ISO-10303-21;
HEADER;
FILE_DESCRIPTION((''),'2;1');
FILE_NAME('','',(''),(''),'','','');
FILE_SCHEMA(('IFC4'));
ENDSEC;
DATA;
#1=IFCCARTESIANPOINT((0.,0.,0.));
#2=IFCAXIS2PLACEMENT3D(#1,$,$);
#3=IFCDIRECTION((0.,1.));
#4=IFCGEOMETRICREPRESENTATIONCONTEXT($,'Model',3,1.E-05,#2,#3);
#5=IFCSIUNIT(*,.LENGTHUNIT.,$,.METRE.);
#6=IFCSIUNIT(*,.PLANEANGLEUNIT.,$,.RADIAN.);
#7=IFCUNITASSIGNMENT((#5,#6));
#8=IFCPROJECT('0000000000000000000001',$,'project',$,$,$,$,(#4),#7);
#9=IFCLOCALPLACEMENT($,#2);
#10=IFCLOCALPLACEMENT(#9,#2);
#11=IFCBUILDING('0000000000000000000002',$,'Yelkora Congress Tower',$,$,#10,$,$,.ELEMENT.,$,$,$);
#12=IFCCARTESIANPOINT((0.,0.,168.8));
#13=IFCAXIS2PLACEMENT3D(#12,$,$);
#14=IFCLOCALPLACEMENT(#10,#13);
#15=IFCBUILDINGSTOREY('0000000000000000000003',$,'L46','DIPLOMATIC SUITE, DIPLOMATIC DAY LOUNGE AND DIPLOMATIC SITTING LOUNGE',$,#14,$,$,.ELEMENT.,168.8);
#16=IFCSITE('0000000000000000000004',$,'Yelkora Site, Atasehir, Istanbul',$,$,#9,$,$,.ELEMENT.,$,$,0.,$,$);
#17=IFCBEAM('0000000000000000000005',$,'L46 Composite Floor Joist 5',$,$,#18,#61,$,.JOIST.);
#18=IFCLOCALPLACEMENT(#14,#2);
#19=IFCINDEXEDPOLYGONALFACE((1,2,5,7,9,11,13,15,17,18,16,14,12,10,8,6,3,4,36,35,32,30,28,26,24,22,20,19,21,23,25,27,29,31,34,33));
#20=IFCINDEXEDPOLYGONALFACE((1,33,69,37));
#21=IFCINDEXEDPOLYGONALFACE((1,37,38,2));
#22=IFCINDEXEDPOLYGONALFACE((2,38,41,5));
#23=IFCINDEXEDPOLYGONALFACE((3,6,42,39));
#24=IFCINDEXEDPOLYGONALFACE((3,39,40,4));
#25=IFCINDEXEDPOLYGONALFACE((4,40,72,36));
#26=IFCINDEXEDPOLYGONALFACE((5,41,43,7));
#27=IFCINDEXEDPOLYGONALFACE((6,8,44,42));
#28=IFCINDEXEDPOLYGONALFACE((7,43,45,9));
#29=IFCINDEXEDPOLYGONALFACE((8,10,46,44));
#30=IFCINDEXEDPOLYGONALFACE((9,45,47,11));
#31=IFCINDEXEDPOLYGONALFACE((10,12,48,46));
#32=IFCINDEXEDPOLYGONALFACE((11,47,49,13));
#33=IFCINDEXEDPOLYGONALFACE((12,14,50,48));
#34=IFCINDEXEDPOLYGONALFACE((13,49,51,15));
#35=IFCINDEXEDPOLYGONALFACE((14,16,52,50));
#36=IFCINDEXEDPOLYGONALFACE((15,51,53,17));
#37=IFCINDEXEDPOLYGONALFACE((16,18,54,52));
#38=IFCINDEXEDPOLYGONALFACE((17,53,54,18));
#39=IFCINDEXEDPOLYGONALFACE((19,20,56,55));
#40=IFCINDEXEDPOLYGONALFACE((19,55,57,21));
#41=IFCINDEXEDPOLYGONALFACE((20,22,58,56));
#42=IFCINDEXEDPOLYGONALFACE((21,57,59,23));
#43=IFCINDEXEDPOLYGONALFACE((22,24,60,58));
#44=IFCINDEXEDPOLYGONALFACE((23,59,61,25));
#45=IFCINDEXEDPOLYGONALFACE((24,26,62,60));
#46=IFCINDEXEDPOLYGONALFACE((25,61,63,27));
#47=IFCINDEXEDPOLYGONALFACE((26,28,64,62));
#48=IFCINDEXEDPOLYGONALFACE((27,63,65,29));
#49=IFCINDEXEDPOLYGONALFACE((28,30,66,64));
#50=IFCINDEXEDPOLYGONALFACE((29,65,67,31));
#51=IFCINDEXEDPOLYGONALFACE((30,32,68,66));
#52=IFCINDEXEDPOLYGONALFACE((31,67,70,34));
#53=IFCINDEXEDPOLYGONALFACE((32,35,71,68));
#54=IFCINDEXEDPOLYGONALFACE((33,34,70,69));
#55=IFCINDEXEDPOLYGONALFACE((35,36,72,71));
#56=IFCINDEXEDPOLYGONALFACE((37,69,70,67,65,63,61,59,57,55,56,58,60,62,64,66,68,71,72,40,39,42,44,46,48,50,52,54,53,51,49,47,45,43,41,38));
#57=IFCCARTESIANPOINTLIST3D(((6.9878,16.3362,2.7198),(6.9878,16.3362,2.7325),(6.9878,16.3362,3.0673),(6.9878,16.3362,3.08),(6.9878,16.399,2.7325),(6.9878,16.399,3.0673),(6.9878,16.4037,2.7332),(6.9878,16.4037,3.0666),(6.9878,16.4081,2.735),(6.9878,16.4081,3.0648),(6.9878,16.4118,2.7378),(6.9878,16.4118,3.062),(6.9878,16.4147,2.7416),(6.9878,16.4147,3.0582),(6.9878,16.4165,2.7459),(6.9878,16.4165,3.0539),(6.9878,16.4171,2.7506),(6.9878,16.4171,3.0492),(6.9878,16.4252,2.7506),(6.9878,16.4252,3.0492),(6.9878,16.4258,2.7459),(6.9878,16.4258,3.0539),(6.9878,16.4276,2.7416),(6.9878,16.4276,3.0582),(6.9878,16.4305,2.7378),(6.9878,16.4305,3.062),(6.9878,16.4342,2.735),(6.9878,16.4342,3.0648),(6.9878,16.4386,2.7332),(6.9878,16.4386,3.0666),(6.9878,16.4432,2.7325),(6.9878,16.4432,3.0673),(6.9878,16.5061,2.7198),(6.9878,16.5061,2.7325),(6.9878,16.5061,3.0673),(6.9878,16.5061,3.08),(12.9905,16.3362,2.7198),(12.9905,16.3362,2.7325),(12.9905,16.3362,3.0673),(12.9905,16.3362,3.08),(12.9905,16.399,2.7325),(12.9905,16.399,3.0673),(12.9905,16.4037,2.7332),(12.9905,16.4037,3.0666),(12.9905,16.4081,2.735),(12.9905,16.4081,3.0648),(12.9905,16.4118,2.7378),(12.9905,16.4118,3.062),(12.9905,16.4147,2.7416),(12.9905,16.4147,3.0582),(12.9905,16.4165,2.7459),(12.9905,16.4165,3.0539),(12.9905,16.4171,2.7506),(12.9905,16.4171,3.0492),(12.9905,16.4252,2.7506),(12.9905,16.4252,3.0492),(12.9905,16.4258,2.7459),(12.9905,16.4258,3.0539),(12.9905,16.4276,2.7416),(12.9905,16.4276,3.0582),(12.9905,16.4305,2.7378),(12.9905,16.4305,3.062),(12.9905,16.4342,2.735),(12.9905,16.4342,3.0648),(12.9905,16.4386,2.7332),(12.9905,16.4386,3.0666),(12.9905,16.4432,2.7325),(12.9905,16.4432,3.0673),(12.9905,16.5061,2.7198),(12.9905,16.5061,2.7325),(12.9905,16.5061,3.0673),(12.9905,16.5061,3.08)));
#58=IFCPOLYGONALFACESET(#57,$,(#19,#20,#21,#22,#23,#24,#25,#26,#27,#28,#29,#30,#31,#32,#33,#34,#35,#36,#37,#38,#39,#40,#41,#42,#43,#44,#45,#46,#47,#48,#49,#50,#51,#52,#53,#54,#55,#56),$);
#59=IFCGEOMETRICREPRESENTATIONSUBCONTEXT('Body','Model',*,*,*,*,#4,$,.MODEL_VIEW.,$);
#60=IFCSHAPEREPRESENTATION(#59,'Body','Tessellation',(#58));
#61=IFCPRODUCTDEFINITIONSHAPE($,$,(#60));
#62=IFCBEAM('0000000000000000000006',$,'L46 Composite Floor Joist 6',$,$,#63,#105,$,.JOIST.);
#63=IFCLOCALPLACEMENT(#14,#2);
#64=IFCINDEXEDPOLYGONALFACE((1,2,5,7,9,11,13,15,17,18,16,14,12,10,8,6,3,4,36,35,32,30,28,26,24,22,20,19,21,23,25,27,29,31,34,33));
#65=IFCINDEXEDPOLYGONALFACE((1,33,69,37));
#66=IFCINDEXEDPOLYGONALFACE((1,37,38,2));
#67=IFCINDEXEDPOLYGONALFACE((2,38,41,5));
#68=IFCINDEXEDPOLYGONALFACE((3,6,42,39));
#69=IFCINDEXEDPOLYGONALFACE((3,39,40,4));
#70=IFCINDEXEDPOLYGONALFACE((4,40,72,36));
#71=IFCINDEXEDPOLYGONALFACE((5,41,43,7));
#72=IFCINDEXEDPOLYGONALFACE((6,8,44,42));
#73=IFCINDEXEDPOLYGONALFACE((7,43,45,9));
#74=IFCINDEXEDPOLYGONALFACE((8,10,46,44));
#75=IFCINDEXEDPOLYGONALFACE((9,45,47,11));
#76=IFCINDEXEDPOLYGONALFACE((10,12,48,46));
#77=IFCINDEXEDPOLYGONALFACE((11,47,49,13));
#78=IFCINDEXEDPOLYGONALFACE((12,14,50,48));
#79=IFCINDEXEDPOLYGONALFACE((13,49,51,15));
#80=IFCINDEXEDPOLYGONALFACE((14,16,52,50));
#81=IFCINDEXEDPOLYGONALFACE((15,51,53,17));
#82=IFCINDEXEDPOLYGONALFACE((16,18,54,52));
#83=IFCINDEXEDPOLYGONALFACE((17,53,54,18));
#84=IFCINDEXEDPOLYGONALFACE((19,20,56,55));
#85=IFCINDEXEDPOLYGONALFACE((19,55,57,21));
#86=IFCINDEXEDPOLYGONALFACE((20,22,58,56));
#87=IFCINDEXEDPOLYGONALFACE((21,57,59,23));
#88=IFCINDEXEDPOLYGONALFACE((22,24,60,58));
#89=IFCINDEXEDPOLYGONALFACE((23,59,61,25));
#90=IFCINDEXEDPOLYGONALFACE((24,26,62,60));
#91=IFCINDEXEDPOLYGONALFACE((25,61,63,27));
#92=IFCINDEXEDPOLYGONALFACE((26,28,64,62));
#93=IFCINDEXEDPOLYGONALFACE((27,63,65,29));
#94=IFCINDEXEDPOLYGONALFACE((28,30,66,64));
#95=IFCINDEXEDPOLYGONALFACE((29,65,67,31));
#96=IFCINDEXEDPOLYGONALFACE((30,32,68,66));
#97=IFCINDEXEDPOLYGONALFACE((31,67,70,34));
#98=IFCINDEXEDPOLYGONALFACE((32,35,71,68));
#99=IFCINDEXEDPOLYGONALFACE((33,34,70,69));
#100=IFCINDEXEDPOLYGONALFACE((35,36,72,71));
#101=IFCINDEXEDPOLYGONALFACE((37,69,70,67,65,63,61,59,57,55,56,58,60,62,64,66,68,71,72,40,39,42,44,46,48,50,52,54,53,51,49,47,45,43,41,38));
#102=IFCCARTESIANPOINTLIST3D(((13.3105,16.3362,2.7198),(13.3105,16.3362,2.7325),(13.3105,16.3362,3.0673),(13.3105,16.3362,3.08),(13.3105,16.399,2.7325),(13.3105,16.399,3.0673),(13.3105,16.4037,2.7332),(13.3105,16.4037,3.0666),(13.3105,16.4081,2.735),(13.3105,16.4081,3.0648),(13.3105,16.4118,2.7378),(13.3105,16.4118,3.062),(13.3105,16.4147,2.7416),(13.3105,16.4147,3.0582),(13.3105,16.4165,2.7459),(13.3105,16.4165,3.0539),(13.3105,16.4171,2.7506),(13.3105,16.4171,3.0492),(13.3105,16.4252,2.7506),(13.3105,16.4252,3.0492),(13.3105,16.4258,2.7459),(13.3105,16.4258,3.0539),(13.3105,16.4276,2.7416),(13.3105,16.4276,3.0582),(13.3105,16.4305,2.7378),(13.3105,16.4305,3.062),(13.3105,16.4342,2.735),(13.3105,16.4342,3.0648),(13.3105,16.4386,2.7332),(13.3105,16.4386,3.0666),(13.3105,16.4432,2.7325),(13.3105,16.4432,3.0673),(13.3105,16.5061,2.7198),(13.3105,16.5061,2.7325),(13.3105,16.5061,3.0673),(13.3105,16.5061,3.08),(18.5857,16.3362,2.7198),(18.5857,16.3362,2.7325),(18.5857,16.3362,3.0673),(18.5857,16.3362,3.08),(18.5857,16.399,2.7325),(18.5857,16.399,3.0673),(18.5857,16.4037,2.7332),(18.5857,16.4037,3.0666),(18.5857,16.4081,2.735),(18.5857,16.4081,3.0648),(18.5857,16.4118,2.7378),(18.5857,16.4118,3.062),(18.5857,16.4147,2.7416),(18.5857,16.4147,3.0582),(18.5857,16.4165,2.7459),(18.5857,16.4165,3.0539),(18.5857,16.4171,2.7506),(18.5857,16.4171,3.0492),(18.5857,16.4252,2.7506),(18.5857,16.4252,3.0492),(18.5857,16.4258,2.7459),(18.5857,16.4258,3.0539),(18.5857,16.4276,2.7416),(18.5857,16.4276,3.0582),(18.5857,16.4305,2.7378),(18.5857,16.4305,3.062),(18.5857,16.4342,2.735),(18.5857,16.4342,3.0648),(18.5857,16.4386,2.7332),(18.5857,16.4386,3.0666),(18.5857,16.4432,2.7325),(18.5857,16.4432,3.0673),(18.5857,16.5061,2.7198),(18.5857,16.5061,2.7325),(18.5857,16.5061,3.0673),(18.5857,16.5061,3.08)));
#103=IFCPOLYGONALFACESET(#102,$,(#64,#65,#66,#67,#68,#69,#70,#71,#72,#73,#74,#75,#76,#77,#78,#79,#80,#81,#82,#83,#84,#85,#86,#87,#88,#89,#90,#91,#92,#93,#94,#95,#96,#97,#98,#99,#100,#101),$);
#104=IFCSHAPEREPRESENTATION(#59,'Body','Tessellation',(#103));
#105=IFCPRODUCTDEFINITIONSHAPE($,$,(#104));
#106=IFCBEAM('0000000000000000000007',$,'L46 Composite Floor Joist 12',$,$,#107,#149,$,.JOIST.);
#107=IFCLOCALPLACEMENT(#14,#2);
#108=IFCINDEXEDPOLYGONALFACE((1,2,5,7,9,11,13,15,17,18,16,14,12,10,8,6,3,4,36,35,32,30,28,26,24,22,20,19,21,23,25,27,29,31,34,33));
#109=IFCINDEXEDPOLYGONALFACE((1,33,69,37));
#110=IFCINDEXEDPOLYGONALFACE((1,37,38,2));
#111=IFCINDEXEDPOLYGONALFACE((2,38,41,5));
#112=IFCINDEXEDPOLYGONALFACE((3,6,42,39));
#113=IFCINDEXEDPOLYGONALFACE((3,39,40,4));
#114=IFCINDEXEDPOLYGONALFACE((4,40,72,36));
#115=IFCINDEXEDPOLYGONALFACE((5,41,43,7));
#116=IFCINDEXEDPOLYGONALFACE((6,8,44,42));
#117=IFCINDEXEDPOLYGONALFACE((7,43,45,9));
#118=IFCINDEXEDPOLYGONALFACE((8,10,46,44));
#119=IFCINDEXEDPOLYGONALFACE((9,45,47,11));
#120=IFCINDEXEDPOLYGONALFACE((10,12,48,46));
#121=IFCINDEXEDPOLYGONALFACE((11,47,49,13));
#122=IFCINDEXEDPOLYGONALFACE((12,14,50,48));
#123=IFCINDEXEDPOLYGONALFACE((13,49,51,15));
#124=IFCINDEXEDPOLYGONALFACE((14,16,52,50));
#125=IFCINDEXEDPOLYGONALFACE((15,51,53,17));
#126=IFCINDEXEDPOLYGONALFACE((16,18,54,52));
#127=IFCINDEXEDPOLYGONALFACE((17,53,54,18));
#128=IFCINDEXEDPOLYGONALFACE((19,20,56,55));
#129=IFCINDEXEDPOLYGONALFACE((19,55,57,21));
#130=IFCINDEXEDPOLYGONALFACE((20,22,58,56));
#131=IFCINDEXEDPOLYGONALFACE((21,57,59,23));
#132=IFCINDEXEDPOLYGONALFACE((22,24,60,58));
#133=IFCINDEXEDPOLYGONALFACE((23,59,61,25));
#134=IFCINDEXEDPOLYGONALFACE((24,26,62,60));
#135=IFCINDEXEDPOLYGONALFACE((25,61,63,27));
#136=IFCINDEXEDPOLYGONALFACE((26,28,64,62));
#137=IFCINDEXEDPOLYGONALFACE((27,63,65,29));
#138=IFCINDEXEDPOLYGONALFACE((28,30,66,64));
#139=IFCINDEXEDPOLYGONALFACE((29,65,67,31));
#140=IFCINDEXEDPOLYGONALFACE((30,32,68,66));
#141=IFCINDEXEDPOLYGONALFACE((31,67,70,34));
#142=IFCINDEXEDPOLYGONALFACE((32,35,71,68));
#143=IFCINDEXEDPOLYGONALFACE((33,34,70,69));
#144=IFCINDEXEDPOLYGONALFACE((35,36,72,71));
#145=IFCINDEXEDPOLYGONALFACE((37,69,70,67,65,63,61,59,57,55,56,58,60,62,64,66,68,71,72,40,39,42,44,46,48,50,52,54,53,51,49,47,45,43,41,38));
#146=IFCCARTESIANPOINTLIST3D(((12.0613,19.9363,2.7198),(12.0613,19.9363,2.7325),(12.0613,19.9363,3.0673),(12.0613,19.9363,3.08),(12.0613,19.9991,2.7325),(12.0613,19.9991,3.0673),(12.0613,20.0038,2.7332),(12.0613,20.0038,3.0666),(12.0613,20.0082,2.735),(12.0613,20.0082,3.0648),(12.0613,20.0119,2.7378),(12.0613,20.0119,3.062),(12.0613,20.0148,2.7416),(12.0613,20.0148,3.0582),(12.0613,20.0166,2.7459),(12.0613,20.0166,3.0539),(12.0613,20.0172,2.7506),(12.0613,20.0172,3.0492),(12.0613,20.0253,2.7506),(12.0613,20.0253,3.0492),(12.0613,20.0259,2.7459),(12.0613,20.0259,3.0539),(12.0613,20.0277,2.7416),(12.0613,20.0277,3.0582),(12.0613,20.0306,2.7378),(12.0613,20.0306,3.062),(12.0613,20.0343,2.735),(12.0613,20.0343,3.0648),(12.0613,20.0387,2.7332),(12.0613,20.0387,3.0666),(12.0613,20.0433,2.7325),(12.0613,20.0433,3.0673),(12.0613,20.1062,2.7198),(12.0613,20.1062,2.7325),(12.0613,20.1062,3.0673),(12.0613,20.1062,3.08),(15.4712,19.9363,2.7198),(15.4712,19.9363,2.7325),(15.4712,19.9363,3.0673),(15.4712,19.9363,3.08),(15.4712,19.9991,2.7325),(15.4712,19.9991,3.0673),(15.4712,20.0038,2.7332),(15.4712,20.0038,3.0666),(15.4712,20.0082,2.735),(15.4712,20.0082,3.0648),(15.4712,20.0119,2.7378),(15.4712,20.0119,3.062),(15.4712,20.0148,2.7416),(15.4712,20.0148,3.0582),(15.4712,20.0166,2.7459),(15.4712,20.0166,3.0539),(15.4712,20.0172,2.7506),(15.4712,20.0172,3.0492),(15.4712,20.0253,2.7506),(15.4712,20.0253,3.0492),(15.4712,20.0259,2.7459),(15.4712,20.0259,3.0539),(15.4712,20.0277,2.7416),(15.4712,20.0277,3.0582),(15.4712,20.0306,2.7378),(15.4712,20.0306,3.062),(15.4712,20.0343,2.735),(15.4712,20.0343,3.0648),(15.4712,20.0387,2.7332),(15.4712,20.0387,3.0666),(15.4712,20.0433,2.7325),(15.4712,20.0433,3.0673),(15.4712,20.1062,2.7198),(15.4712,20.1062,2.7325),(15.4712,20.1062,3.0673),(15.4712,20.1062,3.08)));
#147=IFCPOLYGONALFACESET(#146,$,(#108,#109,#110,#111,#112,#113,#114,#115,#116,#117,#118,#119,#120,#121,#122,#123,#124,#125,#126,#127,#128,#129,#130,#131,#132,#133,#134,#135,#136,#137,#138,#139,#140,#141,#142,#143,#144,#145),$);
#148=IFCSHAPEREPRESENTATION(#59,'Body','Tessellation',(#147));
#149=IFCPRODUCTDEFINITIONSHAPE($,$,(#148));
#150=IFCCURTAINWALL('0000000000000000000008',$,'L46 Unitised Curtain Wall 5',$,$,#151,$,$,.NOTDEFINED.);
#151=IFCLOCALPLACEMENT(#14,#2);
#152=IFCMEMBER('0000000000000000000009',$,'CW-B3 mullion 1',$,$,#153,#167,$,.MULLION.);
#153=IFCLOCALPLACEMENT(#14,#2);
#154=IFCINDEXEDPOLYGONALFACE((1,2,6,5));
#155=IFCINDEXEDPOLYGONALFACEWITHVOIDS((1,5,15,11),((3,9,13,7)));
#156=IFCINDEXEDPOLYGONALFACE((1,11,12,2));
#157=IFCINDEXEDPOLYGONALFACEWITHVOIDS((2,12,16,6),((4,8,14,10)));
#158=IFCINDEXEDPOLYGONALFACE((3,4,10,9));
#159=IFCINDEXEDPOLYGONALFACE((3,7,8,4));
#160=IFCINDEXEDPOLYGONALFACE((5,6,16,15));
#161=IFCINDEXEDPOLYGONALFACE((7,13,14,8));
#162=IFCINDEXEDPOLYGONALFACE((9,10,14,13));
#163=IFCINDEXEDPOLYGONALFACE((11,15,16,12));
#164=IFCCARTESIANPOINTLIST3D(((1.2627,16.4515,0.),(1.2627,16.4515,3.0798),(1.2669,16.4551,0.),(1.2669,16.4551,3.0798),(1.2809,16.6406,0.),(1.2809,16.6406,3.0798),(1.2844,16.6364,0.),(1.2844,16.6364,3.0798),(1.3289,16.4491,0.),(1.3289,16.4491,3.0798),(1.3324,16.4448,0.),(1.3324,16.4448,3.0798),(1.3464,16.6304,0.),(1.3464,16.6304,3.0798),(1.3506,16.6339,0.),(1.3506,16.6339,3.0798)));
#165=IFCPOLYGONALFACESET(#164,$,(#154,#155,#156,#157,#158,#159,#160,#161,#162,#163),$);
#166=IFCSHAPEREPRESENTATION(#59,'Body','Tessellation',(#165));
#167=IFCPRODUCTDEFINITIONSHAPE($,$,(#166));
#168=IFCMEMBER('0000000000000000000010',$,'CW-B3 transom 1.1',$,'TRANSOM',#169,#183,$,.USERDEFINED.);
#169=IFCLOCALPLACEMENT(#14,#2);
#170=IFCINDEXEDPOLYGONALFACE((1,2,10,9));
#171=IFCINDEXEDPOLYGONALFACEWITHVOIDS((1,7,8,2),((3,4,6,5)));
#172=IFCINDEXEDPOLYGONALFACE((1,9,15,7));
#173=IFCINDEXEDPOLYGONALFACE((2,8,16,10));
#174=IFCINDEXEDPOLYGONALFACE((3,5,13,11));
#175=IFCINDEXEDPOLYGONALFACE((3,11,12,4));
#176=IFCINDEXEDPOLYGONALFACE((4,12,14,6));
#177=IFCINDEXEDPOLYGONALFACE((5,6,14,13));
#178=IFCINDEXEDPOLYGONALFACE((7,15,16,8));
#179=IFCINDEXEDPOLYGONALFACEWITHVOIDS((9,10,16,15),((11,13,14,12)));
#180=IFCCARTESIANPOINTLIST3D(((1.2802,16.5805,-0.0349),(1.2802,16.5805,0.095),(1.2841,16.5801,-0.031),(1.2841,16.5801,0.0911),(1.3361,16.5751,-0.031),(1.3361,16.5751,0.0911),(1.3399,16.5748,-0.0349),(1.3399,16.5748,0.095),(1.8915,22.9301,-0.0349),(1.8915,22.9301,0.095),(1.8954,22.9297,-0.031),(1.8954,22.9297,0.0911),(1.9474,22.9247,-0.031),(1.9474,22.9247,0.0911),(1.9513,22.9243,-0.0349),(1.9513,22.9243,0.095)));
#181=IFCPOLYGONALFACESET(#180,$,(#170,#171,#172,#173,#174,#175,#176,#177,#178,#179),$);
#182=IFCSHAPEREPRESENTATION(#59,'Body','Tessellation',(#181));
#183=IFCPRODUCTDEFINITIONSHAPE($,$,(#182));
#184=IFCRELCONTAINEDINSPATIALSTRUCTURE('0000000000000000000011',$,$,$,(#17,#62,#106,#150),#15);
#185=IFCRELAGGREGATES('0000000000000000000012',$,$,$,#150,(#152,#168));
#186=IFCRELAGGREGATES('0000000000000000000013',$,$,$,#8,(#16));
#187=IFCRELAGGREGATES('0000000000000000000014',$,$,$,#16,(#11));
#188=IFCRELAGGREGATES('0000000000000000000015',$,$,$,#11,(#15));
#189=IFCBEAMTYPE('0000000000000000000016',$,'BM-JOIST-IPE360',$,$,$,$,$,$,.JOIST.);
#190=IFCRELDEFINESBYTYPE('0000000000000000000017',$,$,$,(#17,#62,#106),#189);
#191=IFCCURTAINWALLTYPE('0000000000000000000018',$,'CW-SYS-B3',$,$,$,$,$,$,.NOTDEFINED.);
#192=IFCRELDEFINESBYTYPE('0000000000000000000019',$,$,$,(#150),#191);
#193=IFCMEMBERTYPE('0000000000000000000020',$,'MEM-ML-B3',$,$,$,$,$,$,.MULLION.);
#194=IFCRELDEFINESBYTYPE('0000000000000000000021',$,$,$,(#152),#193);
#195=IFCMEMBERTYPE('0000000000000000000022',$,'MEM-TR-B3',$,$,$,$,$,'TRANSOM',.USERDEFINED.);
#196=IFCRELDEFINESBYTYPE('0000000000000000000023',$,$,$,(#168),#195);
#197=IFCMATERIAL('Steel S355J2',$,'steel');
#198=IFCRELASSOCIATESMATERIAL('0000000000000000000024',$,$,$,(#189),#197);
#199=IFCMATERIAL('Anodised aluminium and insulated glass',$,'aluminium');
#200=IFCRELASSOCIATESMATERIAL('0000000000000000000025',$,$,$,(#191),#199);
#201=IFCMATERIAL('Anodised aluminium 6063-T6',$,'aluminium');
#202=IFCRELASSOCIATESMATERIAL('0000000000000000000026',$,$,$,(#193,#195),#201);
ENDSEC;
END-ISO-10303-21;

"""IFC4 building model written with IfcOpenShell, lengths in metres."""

from ifc_helpers import new_model, si_unit, direction, frame, origin, origin_2d, place, context, subcontext, project, spatial, hollow_rectangle, i_section, extrude, material, material_profile, profile_set, type_object, element, aggregate, save


model = new_model("IFC4")

# Units and contexts
model_context = context("Model", 3, precision=1e-05, world=origin(), true_north=direction((0.0, 1.0)))
body_context = subcontext(model_context, "Body", "Model", "MODEL_VIEW")
ifc_project = project(units=[si_unit("LENGTHUNIT", "METRE"), si_unit("PLANEANGLEUNIT", "RADIAN")], contexts=[model_context])

# Site, building, storey
site_placement = place(None, origin())
site = spatial("IfcSite", under=ifc_project, at=site_placement, Name="Yelkora Site, Atasehir, Istanbul", CompositionType="ELEMENT", RefElevation=0.0)
building_placement = place(site_placement, origin())
building = spatial("IfcBuilding", under=site, at=building_placement, Name="Yelkora Congress Tower", CompositionType="ELEMENT")
storey_placement = place(building_placement, frame((0.0, 0.0, 168.8)))
storey = spatial("IfcBuildingStorey", under=building, at=storey_placement, Name="L46", Description="DIPLOMATIC SUITE, DIPLOMATIC DAY LOUNGE AND DIPLOMATIC SITTING LOUNGE", CompositionType="ELEMENT", Elevation=168.8)

# Beams
ifc_material_1 = material(Name="Steel S355J2", Category="steel")
ifc_material_profile_1 = material_profile(ifc_material_1, i_section(OverallWidth=0.1699, OverallDepth=0.3601, WebThickness=0.0081, FlangeThickness=0.0127, FilletRadius=0.0181, at=origin_2d()), Name="IPE 360")
ifc_profile_set_1 = profile_set([ifc_material_profile_1], Name="Steel S355J2")
beam_type = type_object("IfcBeamType", Name="BM-JOIST-IPE360", PredefinedType="JOIST", material=ifc_profile_set_1)
beam_1_placement = place(storey_placement, frame((6.9878, 16.4211, 2.8999), z_axis=(1.0, 0.0, 0.0), x_axis=(0.0, 1.0, 0.0)))
element("IfcBeam", 1, at=beam_1_placement, inside=storey, type_object=beam_type, Name="L46 Composite Floor Joist 5", PredefinedType="JOIST", context=body_context, shape_type="SweptSolid", body=[
    extrude(i_section(OverallWidth=0.1699, OverallDepth=0.3601, WebThickness=0.0081, FlangeThickness=0.0127, FilletRadius=0.0181, at=origin_2d()), origin(), (0.0, 0.0, 1.0), 6.0027),
])
beam_2_placement = place(storey_placement, frame((13.3105, 16.4211, 2.8999), z_axis=(1.0, 0.0, 0.0), x_axis=(0.0, 1.0, 0.0)))
element("IfcBeam", 2, at=beam_2_placement, inside=storey, type_object=beam_type, Name="L46 Composite Floor Joist 6", PredefinedType="JOIST", context=body_context, shape_type="SweptSolid", body=[
    extrude(i_section(OverallWidth=0.1699, OverallDepth=0.3601, WebThickness=0.0081, FlangeThickness=0.0127, FilletRadius=0.0181, at=origin_2d()), origin(), (0.0, 0.0, 1.0), 5.2751),
])
beam_3_placement = place(storey_placement, frame((12.0613, 20.0212, 2.8999), z_axis=(1.0, 0.0, 0.0), x_axis=(0.0, 1.0, 0.0)))
element("IfcBeam", 3, at=beam_3_placement, inside=storey, type_object=beam_type, Name="L46 Composite Floor Joist 12", PredefinedType="JOIST", context=body_context, shape_type="SweptSolid", body=[
    extrude(i_section(OverallWidth=0.1699, OverallDepth=0.3601, WebThickness=0.0081, FlangeThickness=0.0127, FilletRadius=0.0181, at=origin_2d()), origin(), (0.0, 0.0, 1.0), 3.4099),
])

# Curtain wall, members
ifc_material_2 = material(Name="Anodised aluminium and insulated glass", Category="aluminium")
curtain_wall_type = type_object("IfcCurtainWallType", Name="CW-SYS-B3", PredefinedType="NOTDEFINED", material=ifc_material_2)
curtain_wall_placement = place(storey_placement, origin())
curtain_wall = element("IfcCurtainWall", 4, at=curtain_wall_placement, inside=storey, type_object=curtain_wall_type, Name="L46 Unitised Curtain Wall 5", PredefinedType="NOTDEFINED")
ifc_material_3 = material(Name="Anodised aluminium 6063-T6", Category="aluminium")
ifc_material_profile_2 = material_profile(ifc_material_3, hollow_rectangle(XDim=0.0701, YDim=0.1899, WallThickness=0.0039, at=origin_2d()), Name="ALU 70x190x4")
ifc_profile_set_2 = profile_set([ifc_material_profile_2], Name="Anodised aluminium 6063-T6")
member_type_1 = type_object("IfcMemberType", Name="MEM-ML-B3", PredefinedType="MULLION", material=ifc_profile_set_2)
member_1_placement = place(storey_placement, frame((1.3066, 16.5427, 0.0), z_axis=(0.0, 0.0, 1.0), x_axis=(-0.995396, 0.095845, 0.0)))
member_1 = element("IfcMember", 5, at=member_1_placement, type_object=member_type_1, Name="CW-B3 mullion 1", PredefinedType="MULLION", context=body_context, shape_type="SweptSolid", body=[
    extrude(hollow_rectangle(XDim=0.0701, YDim=0.1899, WallThickness=0.0039, at=origin_2d()), origin(), (0.0, 0.0, 1.0), 3.0798),
])
ifc_material_profile_3 = material_profile(ifc_material_3, hollow_rectangle(XDim=0.0601, YDim=0.1299, WallThickness=0.0039, at=origin_2d()), Name="ALU 60x130x4")
ifc_profile_set_3 = profile_set([ifc_material_profile_3], Name="Anodised aluminium 6063-T6")
member_type_2 = type_object("IfcMemberType", Name="MEM-TR-B3", ElementType="TRANSOM", PredefinedType="USERDEFINED", material=ifc_profile_set_3)
member_2_placement = place(storey_placement, frame((1.3101, 16.5776, 0.03), z_axis=(0.095835, 0.995397, 0.0), x_axis=(-0.995397, 0.095835, 0.0)))
member_2 = element("IfcMember", 6, at=member_2_placement, type_object=member_type_2, Name="CW-B3 transom 1.1", ObjectType="TRANSOM", PredefinedType="USERDEFINED", context=body_context, shape_type="SweptSolid", body=[
    extrude(hollow_rectangle(XDim=0.0601, YDim=0.1299, WallThickness=0.0039, at=origin_2d()), origin(), (0.0, 0.0, 1.0), 6.3789),
])
aggregate(curtain_wall, [member_1, member_2])

save(model, "model.ifc")
